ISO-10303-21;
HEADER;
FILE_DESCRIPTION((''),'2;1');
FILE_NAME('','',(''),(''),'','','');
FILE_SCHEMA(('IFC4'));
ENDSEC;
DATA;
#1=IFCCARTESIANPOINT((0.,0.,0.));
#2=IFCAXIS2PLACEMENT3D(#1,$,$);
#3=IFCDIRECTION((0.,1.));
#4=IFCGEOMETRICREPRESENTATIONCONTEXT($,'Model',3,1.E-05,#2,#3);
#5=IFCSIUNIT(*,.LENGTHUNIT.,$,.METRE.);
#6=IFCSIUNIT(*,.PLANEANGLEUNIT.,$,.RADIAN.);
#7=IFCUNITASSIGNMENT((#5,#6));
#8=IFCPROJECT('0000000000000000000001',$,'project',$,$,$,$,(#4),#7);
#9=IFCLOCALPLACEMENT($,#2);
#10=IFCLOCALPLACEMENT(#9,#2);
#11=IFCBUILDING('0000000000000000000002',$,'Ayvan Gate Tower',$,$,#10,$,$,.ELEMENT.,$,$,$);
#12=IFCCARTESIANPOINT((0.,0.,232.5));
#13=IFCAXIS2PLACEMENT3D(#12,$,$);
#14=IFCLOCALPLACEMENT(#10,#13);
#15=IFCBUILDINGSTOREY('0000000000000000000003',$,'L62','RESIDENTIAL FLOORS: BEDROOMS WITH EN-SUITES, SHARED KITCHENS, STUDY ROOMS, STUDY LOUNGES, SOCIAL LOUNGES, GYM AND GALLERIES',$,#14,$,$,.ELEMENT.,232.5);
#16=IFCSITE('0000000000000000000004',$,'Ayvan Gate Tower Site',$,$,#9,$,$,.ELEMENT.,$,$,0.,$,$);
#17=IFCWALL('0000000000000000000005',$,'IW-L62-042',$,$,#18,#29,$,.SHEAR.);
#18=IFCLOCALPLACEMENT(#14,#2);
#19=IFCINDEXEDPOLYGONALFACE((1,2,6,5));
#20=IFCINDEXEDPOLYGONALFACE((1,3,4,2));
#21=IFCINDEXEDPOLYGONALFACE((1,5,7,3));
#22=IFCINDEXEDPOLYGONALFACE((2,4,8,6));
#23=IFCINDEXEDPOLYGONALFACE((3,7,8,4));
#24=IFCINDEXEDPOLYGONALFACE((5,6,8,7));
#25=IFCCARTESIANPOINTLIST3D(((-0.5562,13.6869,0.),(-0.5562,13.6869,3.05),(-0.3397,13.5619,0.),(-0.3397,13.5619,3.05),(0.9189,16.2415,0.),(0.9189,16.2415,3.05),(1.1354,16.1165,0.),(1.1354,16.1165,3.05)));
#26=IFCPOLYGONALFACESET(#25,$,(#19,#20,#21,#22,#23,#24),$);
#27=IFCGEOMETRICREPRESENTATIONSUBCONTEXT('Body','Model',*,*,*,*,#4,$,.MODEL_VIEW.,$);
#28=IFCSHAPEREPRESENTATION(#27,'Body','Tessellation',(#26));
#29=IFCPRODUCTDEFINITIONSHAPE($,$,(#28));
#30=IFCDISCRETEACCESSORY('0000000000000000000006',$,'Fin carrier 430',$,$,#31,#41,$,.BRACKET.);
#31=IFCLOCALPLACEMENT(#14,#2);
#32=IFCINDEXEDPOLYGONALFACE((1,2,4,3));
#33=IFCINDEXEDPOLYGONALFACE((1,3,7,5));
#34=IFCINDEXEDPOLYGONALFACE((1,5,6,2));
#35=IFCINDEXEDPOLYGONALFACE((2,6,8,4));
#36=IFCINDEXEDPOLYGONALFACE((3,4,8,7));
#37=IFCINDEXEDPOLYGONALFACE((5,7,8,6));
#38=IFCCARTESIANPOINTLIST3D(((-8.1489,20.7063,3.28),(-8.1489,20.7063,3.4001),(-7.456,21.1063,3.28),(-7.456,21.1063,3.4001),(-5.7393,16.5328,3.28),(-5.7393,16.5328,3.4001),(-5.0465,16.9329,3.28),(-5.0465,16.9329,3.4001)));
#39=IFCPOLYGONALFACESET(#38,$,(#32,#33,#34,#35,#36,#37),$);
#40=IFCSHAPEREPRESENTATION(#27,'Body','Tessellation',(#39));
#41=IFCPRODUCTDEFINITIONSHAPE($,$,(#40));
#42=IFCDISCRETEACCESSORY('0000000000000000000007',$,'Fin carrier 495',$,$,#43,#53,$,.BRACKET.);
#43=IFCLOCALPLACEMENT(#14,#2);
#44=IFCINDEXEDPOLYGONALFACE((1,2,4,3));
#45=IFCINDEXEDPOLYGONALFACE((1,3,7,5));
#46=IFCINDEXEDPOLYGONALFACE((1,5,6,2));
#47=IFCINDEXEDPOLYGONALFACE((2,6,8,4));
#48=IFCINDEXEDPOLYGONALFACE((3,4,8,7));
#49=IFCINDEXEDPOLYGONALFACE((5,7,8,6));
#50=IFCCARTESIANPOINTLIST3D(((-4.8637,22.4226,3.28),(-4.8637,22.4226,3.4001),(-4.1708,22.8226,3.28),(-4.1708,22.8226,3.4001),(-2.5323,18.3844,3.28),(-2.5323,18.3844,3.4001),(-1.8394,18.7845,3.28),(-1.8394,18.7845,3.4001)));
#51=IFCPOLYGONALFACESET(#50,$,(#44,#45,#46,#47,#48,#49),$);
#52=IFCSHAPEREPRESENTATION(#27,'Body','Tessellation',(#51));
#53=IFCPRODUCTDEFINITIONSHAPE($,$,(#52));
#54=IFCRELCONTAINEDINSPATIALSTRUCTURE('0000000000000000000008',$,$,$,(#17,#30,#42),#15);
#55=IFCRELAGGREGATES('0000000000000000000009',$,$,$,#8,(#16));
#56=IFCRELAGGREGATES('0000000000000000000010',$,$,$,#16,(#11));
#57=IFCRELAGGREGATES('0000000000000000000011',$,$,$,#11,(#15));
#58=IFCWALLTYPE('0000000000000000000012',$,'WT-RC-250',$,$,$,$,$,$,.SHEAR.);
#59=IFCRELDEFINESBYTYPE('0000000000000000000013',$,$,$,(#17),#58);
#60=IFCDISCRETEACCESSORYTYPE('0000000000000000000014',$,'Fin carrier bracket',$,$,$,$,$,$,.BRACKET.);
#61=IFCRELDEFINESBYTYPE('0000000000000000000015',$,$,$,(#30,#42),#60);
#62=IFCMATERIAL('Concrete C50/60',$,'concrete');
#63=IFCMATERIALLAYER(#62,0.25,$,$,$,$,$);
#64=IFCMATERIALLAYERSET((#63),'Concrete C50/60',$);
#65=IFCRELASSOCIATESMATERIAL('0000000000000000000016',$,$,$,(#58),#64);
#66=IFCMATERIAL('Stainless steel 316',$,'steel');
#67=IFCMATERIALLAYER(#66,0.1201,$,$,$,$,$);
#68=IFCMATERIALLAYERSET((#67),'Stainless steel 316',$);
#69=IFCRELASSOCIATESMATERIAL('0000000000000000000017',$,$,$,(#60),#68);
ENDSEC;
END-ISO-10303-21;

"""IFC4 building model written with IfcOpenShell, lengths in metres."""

from ifc_helpers import new_model, si_unit, direction, frame, frame_2d, origin, origin_2d, place, context, subcontext, project, spatial, rectangle, extrude, material, layer, layer_set, type_object, element, save


model = new_model("IFC4")

# Units and contexts
model_context = context("Model", 3, precision=1e-05, world=origin(), true_north=direction((0.0, 1.0)))
body_context = subcontext(model_context, "Body", "Model", "MODEL_VIEW")
ifc_project = project(units=[si_unit("LENGTHUNIT", "METRE"), si_unit("PLANEANGLEUNIT", "RADIAN")], contexts=[model_context])

# Site, building, storey
site_placement = place(None, origin())
site = spatial("IfcSite", under=ifc_project, at=site_placement, Name="Ayvan Gate Tower Site", CompositionType="ELEMENT", RefElevation=0.0)
building_placement = place(site_placement, origin())
building = spatial("IfcBuilding", under=site, at=building_placement, Name="Ayvan Gate Tower", CompositionType="ELEMENT")
storey_placement = place(building_placement, frame((0.0, 0.0, 232.5)))
storey = spatial("IfcBuildingStorey", under=building, at=storey_placement, Name="L62", Description="RESIDENTIAL FLOORS: BEDROOMS WITH EN-SUITES, SHARED KITCHENS, STUDY ROOMS, STUDY LOUNGES, SOCIAL LOUNGES, GYM AND GALLERIES", CompositionType="ELEMENT", Elevation=232.5)

# Shared definitions
ifc_material_1 = material(Name="Concrete C50/60", Category="concrete")

# Wall
ifc_layer_1 = layer(ifc_material_1, 0.25)
ifc_layer_set_1 = layer_set([ifc_layer_1], Name="Concrete C50/60")
wall_type_1 = type_object("IfcWallType", Name="WT-RC-250", PredefinedType="SHEAR", material=ifc_layer_set_1)
wall_1_placement = place(storey_placement, frame((-0.448, 13.6243, 0.0), z_axis=(0.0, 0.0, 1.0), x_axis=(0.500038, 0.866004, 0.0)))
element("IfcWall", 1, at=wall_1_placement, inside=storey, type_object=wall_type_1, Name="IW-L62-042", PredefinedType="SHEAR", context=body_context, shape_type="SweptSolid", body=[
    extrude(rectangle(XDim=2.95, YDim=0.25, at=frame_2d((1.4751, 0.0))), origin(), (0.0, 0.0, 1.0), 3.05),
])

# Discrete accessories
ifc_material_2 = material(Name="Stainless steel 316", Category="steel")
ifc_layer_2 = layer(ifc_material_2, 0.1201)
ifc_layer_set_2 = layer_set([ifc_layer_2], Name="Stainless steel 316")
discrete_accessory_type = type_object("IfcDiscreteAccessoryType", Name="Fin carrier bracket", PredefinedType="BRACKET", material=ifc_layer_set_2)
discrete_accessory_1_placement = place(storey_placement, frame((-6.5977, 18.8196, 3.28), z_axis=(0.0, 0.0, 1.0), x_axis=(-0.866025, -0.5, 0.0)))
element("IfcDiscreteAccessory", 2, at=discrete_accessory_1_placement, inside=storey, type_object=discrete_accessory_type, Name="Fin carrier 430", PredefinedType="BRACKET", context=body_context, shape_type="SweptSolid", body=[
    extrude(rectangle(XDim=0.8, YDim=4.8191, at=origin_2d()), origin(), (0.0, 0.0, 1.0), 0.1201),
])
discrete_accessory_2_placement = place(storey_placement, frame((-3.3516, 20.6035, 3.28), z_axis=(0.0, 0.0, 1.0), x_axis=(-0.866025, -0.5, 0.0)))
element("IfcDiscreteAccessory", 3, at=discrete_accessory_2_placement, inside=storey, type_object=discrete_accessory_type, Name="Fin carrier 495", PredefinedType="BRACKET", context=body_context, shape_type="SweptSolid", body=[
    extrude(rectangle(XDim=0.8, YDim=4.6628, at=origin_2d()), origin(), (0.0, 0.0, 1.0), 0.1201),
])

save(model, "model.ifc")
